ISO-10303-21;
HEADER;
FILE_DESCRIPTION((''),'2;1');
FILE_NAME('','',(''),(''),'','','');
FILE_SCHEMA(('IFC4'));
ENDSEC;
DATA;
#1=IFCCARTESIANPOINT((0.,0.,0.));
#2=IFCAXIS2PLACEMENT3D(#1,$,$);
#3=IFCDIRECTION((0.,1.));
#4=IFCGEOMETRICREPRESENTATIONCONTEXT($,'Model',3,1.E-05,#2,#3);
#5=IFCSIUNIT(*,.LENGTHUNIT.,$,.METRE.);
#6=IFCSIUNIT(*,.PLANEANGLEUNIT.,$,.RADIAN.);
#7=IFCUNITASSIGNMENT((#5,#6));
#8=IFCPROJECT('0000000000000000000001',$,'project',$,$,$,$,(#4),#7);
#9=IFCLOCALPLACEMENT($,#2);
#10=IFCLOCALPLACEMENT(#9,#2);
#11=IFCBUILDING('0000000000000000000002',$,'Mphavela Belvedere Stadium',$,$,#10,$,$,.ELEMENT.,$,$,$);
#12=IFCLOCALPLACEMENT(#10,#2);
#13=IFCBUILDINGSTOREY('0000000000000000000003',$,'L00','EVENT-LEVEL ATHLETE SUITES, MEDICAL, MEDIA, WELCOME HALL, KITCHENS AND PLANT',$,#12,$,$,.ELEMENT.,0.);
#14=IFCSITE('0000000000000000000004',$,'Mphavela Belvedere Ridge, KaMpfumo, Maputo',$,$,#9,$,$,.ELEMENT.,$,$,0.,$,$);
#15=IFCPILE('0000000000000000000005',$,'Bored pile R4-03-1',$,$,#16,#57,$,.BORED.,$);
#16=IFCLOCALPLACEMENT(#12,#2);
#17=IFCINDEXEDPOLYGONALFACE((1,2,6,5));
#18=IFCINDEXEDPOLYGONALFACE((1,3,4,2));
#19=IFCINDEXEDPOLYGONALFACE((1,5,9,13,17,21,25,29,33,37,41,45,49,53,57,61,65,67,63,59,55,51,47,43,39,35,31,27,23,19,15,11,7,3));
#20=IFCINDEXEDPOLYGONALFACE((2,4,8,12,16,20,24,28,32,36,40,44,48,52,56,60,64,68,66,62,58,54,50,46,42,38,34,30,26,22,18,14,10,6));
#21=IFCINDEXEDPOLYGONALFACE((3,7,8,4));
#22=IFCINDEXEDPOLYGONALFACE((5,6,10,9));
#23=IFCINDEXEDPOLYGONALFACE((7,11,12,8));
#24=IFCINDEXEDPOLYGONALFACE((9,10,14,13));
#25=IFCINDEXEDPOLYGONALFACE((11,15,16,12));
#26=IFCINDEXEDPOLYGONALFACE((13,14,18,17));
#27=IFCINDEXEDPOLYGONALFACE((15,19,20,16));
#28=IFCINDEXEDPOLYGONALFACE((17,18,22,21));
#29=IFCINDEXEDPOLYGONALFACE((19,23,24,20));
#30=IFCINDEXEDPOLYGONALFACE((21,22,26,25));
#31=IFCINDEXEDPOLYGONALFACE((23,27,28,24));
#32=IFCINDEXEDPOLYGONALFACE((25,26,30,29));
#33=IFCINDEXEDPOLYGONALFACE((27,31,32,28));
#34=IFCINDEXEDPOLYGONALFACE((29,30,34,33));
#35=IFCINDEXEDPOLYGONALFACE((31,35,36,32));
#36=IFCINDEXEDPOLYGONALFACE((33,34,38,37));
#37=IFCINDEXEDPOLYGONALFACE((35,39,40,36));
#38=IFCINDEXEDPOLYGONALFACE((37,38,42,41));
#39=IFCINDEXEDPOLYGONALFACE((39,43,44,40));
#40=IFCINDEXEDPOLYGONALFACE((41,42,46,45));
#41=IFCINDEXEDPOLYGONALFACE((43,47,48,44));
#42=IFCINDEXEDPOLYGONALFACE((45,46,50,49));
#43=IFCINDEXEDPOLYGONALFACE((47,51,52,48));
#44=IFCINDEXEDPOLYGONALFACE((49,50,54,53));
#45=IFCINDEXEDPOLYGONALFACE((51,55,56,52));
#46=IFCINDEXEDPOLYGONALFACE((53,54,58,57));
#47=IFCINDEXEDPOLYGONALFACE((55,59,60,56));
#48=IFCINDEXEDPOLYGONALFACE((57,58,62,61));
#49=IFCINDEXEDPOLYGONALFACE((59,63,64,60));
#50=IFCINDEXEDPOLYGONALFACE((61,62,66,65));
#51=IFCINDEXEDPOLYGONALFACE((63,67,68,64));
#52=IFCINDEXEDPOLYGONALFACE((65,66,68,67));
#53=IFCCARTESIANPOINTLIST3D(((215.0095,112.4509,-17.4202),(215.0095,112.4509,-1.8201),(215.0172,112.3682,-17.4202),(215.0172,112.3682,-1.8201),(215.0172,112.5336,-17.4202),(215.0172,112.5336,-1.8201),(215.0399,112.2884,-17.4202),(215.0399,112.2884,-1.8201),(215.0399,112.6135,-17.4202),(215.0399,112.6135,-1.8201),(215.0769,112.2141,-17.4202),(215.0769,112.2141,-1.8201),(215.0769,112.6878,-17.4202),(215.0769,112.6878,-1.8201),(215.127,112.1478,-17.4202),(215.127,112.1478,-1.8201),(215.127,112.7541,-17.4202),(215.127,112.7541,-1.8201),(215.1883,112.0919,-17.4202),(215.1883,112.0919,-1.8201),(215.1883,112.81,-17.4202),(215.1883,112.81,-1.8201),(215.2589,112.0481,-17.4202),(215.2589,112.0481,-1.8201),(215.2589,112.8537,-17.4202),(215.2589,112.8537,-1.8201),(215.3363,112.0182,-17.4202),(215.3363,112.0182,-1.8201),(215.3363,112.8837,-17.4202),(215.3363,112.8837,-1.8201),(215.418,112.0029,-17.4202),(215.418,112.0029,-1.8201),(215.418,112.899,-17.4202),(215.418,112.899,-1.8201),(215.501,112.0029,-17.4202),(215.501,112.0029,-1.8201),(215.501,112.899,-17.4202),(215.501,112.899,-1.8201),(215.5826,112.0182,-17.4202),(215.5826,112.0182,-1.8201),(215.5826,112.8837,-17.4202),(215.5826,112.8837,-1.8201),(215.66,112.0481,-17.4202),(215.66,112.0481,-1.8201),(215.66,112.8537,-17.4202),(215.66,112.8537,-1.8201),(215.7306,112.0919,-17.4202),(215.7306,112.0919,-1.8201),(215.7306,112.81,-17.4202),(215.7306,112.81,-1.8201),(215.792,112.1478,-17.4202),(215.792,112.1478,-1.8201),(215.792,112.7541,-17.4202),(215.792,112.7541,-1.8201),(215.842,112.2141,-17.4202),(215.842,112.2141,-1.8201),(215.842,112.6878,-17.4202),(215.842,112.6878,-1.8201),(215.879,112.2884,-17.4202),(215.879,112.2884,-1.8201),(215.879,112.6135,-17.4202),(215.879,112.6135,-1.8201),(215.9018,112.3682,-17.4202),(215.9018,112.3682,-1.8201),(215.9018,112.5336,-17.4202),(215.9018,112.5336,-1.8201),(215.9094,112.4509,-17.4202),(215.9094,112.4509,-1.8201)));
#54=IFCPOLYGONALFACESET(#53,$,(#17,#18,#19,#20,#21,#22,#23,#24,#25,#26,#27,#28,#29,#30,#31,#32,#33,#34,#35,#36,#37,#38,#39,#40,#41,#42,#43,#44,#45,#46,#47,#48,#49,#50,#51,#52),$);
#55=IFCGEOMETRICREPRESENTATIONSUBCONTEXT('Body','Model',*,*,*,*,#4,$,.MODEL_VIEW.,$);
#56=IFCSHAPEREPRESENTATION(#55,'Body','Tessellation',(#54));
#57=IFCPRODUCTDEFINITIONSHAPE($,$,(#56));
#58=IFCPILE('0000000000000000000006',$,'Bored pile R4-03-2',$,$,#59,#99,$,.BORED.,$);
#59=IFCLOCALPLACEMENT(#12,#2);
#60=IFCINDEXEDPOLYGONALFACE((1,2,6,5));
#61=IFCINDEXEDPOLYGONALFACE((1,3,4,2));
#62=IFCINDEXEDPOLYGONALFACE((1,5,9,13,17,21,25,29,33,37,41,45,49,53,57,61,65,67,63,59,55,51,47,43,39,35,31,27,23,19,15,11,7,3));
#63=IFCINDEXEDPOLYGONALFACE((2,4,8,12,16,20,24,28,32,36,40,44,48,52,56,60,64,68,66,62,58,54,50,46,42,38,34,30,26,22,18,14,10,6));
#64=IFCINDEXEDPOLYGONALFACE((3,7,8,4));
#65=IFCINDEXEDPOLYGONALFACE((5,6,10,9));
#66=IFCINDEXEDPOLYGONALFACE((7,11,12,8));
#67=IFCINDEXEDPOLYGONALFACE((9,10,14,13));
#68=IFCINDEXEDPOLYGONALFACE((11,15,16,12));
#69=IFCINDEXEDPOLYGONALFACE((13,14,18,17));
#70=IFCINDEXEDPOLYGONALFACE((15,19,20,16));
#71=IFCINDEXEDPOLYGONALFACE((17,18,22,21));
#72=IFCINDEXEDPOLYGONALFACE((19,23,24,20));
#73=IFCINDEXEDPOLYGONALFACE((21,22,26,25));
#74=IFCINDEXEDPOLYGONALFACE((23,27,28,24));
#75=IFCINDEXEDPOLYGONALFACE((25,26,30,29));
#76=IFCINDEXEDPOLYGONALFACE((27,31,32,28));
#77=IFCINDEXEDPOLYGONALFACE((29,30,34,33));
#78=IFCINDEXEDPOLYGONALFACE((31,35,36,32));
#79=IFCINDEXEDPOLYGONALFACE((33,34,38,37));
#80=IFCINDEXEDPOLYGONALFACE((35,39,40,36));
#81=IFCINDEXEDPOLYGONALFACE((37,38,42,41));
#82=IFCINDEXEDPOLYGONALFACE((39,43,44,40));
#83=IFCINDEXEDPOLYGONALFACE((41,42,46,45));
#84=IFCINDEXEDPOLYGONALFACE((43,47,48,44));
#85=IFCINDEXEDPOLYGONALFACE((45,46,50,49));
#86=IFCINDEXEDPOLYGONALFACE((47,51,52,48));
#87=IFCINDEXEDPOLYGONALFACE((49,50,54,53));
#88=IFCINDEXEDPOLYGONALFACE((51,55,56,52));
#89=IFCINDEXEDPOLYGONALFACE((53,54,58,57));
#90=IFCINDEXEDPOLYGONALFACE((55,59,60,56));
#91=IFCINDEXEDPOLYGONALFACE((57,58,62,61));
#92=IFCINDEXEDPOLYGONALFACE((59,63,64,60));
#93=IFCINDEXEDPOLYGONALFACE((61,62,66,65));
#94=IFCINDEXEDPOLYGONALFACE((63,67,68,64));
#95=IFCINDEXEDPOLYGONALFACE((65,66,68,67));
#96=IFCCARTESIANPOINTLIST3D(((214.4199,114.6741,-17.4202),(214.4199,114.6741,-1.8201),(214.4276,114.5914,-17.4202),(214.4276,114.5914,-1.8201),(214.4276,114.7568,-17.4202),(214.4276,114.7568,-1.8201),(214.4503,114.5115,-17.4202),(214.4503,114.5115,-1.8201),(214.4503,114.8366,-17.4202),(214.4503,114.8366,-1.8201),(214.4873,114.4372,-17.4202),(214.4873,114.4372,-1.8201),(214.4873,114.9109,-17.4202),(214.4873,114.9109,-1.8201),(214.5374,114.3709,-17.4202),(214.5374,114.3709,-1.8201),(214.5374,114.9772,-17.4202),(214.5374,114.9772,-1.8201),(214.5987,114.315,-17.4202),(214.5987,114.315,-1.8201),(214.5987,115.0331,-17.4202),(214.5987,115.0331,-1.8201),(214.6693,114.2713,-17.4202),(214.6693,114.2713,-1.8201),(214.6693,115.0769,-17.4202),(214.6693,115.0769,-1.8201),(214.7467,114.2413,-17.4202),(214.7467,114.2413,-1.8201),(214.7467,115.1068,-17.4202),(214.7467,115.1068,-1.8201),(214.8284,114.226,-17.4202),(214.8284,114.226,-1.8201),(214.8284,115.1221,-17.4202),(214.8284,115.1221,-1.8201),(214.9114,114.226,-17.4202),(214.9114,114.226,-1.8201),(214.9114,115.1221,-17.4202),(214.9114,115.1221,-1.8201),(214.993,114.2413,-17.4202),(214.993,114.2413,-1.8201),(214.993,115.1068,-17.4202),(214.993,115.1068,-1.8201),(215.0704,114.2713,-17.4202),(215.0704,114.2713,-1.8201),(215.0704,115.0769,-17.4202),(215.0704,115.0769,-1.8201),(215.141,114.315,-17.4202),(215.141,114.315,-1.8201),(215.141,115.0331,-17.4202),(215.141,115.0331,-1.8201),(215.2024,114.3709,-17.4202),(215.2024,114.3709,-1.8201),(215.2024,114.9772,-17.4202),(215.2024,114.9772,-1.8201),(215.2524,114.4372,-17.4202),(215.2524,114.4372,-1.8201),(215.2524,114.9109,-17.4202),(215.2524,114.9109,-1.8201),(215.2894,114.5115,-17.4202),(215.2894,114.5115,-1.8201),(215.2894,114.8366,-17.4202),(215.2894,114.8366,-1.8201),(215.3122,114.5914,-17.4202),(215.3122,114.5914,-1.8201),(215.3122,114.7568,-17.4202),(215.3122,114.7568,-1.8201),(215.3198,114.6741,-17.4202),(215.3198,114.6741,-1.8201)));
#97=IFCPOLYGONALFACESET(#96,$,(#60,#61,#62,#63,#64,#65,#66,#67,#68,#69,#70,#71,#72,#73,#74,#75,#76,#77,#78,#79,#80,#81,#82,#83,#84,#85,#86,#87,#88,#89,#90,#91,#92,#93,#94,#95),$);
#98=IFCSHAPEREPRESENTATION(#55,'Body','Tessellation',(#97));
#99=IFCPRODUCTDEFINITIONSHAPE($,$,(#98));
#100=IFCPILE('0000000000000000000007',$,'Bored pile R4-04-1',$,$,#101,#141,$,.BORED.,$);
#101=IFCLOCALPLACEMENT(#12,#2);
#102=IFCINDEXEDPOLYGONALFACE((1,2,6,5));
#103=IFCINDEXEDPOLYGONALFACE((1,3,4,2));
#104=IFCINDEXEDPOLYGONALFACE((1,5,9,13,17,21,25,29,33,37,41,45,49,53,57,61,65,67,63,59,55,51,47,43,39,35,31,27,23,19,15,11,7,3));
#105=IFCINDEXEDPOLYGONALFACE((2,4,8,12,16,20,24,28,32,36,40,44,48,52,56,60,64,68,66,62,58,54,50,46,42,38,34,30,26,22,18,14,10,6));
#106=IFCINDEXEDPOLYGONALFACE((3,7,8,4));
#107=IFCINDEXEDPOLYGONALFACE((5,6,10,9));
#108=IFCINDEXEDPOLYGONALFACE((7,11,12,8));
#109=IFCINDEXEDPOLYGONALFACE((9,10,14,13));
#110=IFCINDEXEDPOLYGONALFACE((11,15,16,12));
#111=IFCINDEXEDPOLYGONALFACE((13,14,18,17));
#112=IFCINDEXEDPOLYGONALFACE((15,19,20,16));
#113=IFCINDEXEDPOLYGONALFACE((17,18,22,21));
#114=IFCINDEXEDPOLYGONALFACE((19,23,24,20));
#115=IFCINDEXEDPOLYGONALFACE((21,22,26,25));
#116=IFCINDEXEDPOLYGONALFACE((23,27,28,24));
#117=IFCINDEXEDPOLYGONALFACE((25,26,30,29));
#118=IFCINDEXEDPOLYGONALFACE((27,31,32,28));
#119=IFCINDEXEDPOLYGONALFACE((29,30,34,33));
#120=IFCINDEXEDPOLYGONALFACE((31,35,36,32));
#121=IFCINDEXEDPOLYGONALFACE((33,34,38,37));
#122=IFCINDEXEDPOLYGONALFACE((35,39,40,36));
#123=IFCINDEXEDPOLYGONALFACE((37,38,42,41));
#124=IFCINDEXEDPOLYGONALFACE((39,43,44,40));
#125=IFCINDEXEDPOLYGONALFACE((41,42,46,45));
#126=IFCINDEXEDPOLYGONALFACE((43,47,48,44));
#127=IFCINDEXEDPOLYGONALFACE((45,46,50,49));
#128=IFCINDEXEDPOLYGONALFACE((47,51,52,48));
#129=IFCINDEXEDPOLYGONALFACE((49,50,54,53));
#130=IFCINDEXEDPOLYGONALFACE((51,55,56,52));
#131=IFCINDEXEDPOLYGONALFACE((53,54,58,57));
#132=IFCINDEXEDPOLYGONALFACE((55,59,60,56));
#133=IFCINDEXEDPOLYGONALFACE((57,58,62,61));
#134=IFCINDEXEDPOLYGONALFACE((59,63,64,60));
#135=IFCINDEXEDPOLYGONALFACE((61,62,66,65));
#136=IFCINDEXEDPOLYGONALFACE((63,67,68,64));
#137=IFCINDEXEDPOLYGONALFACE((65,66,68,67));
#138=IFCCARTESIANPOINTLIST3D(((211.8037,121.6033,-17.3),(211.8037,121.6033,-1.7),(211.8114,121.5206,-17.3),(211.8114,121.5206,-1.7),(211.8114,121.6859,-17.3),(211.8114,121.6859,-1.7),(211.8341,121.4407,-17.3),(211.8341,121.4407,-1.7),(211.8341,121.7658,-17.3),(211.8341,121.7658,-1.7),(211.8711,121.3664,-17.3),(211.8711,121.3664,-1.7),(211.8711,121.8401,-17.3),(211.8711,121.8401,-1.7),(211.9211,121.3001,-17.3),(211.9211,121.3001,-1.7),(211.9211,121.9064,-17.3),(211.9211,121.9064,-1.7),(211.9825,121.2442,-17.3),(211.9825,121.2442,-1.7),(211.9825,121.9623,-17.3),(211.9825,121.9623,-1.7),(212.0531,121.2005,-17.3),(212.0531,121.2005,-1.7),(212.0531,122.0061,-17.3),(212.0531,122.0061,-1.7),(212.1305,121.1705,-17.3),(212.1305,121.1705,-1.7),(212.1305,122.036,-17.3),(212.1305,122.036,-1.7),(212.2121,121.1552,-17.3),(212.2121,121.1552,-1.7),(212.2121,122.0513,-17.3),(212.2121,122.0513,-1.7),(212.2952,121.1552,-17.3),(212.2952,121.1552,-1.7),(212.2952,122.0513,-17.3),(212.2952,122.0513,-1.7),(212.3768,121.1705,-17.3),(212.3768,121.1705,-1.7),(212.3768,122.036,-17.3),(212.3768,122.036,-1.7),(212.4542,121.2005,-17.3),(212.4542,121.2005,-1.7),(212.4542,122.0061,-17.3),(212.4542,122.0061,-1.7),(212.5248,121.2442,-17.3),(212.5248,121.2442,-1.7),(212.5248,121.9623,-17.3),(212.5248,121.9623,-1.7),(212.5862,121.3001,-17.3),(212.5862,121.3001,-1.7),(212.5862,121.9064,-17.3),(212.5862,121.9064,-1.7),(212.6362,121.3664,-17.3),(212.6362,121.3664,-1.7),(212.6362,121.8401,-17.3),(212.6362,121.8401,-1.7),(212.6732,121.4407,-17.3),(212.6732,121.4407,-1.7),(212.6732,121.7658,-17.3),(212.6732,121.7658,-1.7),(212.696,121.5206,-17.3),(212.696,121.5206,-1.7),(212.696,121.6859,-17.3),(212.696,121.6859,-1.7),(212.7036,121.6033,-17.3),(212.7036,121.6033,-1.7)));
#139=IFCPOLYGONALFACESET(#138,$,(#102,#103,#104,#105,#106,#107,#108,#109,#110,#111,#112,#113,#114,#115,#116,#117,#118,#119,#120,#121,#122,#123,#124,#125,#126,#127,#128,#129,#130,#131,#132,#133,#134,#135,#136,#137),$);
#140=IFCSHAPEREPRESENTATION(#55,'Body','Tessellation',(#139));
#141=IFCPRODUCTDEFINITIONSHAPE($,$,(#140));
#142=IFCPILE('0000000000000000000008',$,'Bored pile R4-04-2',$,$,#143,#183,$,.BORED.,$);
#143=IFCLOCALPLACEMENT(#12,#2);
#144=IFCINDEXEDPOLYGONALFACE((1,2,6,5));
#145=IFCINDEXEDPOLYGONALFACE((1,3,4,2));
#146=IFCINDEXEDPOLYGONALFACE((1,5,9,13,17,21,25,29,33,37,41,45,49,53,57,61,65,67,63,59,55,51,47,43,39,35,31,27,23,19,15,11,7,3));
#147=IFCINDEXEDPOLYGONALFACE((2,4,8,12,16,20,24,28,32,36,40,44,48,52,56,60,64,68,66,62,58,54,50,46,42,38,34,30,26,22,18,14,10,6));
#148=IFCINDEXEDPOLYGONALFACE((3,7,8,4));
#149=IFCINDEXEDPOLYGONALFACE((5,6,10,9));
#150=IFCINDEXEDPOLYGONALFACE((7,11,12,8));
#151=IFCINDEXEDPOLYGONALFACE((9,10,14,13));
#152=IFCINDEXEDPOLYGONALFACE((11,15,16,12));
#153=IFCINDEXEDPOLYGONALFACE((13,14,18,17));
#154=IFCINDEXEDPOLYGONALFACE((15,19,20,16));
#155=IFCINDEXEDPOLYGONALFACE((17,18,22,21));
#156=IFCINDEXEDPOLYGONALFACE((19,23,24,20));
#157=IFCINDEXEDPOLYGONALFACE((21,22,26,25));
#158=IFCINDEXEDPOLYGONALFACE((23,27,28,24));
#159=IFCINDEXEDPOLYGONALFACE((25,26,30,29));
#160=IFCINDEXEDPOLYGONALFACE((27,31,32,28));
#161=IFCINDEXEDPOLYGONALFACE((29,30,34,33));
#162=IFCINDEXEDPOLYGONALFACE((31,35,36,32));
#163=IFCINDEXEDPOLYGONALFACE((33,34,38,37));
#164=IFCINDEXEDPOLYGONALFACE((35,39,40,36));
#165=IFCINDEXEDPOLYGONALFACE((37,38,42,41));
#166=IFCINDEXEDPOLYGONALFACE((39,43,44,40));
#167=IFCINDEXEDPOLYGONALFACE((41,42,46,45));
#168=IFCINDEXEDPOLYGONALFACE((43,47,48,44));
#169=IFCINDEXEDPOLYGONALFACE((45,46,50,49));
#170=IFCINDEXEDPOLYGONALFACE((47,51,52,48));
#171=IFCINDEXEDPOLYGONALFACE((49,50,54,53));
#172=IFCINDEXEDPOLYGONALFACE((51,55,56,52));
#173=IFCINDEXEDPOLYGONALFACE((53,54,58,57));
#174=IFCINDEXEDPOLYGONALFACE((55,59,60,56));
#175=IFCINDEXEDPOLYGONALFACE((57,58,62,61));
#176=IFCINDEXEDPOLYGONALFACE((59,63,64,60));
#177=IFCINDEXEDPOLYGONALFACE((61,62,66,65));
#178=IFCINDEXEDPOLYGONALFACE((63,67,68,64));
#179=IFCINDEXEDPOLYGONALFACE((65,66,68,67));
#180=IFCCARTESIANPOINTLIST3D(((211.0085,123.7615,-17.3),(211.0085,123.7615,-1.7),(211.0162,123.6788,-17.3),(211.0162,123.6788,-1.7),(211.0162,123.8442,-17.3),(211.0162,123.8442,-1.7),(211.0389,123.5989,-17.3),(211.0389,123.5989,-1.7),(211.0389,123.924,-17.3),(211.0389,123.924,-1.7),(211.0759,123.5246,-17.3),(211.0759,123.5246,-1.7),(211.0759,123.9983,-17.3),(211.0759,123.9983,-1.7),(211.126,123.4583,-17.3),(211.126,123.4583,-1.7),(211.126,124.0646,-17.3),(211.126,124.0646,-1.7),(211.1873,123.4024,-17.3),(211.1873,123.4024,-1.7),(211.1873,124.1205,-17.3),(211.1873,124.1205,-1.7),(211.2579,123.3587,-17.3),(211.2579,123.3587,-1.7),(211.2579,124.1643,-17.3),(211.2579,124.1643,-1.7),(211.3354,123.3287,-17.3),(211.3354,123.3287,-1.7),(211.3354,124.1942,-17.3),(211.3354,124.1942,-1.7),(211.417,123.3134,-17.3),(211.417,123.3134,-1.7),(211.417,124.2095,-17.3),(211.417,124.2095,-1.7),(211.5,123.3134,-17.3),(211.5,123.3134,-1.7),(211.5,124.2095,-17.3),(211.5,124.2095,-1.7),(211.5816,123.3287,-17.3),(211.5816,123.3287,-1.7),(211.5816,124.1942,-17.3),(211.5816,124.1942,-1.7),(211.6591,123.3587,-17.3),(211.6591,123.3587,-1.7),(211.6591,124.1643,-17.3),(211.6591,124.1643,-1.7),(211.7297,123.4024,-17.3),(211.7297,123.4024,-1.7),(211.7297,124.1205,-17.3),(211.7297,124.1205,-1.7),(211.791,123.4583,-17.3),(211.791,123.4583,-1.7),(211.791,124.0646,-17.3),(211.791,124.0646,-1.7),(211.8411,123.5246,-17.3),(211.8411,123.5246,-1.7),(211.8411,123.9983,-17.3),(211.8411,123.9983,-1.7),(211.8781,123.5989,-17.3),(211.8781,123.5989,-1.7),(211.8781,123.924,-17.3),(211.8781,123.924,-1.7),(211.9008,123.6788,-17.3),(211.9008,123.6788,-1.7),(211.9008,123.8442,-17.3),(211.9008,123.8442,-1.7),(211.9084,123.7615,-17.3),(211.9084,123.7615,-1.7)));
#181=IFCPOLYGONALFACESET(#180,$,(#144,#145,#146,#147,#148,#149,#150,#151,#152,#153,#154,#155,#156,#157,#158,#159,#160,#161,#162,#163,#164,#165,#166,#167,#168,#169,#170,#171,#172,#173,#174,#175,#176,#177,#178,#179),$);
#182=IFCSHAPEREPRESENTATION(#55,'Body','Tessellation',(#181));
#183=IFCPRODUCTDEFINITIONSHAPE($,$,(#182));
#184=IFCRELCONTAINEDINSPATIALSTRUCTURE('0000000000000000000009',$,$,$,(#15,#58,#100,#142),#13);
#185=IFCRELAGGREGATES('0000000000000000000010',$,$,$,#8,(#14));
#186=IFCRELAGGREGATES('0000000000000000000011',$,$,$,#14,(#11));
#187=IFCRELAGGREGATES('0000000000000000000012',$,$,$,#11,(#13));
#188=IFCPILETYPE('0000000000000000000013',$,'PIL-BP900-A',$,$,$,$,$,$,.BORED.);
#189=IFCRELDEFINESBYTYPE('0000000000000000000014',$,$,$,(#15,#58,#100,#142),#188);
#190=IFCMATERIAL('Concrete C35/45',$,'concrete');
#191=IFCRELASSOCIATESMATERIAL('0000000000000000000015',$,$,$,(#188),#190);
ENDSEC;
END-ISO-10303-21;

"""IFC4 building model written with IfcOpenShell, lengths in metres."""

from ifc_helpers import new_model, si_unit, direction, frame, origin, origin_2d, place, context, subcontext, project, spatial, circle, extrude, material, material_profile, profile_set, type_object, element, save


model = new_model("IFC4")

# Units and contexts
model_context = context("Model", 3, precision=1e-05, world=origin(), true_north=direction((0.0, 1.0)))
body_context = subcontext(model_context, "Body", "Model", "MODEL_VIEW")
ifc_project = project(units=[si_unit("LENGTHUNIT", "METRE"), si_unit("PLANEANGLEUNIT", "RADIAN")], contexts=[model_context])

# Site, building, storey
site_placement = place(None, origin())
site = spatial("IfcSite", under=ifc_project, at=site_placement, Name="Mphavela Belvedere Ridge, KaMpfumo, Maputo", CompositionType="ELEMENT", RefElevation=0.0)
building_placement = place(site_placement, origin())
building = spatial("IfcBuilding", under=site, at=building_placement, Name="Mphavela Belvedere Stadium", CompositionType="ELEMENT")
storey_placement = place(building_placement, origin())
storey = spatial("IfcBuildingStorey", under=building, at=storey_placement, Name="L00", Description="EVENT-LEVEL ATHLETE SUITES, MEDICAL, MEDIA, WELCOME HALL, KITCHENS AND PLANT", CompositionType="ELEMENT", Elevation=0.0)

# Piles
ifc_material_1 = material(Name="Concrete C35/45", Category="concrete")
ifc_material_profile_1 = material_profile(ifc_material_1, circle(Radius=0.45, at=origin_2d()), Name="BP D900")
ifc_profile_set_1 = profile_set([ifc_material_profile_1], Name="Concrete C35/45")
pile_type_1 = type_object("IfcPileType", Name="PIL-BP900-A", PredefinedType="BORED", material=ifc_profile_set_1)
for number, where, z_axis, x_axis, name in (
    (1, (215.4595, 112.4509, -1.8201), (0.0, 0.0, -1.0), (1.0, 0.0, 0.0), "Bored pile R4-03-1"),
    (2, (214.8699, 114.6741, -1.8201), (0.0, 0.0, -1.0), (1.0, 0.0, 0.0), "Bored pile R4-03-2"),
    (3, (212.2537, 121.6033, -1.7), (0.0, 0.0, -1.0), (1.0, 0.0, 0.0), "Bored pile R4-04-1"),
    (4, (211.4585, 123.7615, -1.7), (0.0, 0.0, -1.0), (1.0, 0.0, 0.0), "Bored pile R4-04-2"),
):
    element("IfcPile", number, at=place(storey_placement, frame(where, z_axis=z_axis, x_axis=x_axis)), inside=storey, type_object=pile_type_1, Name=name, PredefinedType="BORED", context=body_context, shape_type="SweptSolid", body=[
        extrude(circle(Radius=0.45, at=origin_2d()), origin(), (0.0, 0.0, 1.0), 15.6001),
    ])

save(model, "model.ifc")
